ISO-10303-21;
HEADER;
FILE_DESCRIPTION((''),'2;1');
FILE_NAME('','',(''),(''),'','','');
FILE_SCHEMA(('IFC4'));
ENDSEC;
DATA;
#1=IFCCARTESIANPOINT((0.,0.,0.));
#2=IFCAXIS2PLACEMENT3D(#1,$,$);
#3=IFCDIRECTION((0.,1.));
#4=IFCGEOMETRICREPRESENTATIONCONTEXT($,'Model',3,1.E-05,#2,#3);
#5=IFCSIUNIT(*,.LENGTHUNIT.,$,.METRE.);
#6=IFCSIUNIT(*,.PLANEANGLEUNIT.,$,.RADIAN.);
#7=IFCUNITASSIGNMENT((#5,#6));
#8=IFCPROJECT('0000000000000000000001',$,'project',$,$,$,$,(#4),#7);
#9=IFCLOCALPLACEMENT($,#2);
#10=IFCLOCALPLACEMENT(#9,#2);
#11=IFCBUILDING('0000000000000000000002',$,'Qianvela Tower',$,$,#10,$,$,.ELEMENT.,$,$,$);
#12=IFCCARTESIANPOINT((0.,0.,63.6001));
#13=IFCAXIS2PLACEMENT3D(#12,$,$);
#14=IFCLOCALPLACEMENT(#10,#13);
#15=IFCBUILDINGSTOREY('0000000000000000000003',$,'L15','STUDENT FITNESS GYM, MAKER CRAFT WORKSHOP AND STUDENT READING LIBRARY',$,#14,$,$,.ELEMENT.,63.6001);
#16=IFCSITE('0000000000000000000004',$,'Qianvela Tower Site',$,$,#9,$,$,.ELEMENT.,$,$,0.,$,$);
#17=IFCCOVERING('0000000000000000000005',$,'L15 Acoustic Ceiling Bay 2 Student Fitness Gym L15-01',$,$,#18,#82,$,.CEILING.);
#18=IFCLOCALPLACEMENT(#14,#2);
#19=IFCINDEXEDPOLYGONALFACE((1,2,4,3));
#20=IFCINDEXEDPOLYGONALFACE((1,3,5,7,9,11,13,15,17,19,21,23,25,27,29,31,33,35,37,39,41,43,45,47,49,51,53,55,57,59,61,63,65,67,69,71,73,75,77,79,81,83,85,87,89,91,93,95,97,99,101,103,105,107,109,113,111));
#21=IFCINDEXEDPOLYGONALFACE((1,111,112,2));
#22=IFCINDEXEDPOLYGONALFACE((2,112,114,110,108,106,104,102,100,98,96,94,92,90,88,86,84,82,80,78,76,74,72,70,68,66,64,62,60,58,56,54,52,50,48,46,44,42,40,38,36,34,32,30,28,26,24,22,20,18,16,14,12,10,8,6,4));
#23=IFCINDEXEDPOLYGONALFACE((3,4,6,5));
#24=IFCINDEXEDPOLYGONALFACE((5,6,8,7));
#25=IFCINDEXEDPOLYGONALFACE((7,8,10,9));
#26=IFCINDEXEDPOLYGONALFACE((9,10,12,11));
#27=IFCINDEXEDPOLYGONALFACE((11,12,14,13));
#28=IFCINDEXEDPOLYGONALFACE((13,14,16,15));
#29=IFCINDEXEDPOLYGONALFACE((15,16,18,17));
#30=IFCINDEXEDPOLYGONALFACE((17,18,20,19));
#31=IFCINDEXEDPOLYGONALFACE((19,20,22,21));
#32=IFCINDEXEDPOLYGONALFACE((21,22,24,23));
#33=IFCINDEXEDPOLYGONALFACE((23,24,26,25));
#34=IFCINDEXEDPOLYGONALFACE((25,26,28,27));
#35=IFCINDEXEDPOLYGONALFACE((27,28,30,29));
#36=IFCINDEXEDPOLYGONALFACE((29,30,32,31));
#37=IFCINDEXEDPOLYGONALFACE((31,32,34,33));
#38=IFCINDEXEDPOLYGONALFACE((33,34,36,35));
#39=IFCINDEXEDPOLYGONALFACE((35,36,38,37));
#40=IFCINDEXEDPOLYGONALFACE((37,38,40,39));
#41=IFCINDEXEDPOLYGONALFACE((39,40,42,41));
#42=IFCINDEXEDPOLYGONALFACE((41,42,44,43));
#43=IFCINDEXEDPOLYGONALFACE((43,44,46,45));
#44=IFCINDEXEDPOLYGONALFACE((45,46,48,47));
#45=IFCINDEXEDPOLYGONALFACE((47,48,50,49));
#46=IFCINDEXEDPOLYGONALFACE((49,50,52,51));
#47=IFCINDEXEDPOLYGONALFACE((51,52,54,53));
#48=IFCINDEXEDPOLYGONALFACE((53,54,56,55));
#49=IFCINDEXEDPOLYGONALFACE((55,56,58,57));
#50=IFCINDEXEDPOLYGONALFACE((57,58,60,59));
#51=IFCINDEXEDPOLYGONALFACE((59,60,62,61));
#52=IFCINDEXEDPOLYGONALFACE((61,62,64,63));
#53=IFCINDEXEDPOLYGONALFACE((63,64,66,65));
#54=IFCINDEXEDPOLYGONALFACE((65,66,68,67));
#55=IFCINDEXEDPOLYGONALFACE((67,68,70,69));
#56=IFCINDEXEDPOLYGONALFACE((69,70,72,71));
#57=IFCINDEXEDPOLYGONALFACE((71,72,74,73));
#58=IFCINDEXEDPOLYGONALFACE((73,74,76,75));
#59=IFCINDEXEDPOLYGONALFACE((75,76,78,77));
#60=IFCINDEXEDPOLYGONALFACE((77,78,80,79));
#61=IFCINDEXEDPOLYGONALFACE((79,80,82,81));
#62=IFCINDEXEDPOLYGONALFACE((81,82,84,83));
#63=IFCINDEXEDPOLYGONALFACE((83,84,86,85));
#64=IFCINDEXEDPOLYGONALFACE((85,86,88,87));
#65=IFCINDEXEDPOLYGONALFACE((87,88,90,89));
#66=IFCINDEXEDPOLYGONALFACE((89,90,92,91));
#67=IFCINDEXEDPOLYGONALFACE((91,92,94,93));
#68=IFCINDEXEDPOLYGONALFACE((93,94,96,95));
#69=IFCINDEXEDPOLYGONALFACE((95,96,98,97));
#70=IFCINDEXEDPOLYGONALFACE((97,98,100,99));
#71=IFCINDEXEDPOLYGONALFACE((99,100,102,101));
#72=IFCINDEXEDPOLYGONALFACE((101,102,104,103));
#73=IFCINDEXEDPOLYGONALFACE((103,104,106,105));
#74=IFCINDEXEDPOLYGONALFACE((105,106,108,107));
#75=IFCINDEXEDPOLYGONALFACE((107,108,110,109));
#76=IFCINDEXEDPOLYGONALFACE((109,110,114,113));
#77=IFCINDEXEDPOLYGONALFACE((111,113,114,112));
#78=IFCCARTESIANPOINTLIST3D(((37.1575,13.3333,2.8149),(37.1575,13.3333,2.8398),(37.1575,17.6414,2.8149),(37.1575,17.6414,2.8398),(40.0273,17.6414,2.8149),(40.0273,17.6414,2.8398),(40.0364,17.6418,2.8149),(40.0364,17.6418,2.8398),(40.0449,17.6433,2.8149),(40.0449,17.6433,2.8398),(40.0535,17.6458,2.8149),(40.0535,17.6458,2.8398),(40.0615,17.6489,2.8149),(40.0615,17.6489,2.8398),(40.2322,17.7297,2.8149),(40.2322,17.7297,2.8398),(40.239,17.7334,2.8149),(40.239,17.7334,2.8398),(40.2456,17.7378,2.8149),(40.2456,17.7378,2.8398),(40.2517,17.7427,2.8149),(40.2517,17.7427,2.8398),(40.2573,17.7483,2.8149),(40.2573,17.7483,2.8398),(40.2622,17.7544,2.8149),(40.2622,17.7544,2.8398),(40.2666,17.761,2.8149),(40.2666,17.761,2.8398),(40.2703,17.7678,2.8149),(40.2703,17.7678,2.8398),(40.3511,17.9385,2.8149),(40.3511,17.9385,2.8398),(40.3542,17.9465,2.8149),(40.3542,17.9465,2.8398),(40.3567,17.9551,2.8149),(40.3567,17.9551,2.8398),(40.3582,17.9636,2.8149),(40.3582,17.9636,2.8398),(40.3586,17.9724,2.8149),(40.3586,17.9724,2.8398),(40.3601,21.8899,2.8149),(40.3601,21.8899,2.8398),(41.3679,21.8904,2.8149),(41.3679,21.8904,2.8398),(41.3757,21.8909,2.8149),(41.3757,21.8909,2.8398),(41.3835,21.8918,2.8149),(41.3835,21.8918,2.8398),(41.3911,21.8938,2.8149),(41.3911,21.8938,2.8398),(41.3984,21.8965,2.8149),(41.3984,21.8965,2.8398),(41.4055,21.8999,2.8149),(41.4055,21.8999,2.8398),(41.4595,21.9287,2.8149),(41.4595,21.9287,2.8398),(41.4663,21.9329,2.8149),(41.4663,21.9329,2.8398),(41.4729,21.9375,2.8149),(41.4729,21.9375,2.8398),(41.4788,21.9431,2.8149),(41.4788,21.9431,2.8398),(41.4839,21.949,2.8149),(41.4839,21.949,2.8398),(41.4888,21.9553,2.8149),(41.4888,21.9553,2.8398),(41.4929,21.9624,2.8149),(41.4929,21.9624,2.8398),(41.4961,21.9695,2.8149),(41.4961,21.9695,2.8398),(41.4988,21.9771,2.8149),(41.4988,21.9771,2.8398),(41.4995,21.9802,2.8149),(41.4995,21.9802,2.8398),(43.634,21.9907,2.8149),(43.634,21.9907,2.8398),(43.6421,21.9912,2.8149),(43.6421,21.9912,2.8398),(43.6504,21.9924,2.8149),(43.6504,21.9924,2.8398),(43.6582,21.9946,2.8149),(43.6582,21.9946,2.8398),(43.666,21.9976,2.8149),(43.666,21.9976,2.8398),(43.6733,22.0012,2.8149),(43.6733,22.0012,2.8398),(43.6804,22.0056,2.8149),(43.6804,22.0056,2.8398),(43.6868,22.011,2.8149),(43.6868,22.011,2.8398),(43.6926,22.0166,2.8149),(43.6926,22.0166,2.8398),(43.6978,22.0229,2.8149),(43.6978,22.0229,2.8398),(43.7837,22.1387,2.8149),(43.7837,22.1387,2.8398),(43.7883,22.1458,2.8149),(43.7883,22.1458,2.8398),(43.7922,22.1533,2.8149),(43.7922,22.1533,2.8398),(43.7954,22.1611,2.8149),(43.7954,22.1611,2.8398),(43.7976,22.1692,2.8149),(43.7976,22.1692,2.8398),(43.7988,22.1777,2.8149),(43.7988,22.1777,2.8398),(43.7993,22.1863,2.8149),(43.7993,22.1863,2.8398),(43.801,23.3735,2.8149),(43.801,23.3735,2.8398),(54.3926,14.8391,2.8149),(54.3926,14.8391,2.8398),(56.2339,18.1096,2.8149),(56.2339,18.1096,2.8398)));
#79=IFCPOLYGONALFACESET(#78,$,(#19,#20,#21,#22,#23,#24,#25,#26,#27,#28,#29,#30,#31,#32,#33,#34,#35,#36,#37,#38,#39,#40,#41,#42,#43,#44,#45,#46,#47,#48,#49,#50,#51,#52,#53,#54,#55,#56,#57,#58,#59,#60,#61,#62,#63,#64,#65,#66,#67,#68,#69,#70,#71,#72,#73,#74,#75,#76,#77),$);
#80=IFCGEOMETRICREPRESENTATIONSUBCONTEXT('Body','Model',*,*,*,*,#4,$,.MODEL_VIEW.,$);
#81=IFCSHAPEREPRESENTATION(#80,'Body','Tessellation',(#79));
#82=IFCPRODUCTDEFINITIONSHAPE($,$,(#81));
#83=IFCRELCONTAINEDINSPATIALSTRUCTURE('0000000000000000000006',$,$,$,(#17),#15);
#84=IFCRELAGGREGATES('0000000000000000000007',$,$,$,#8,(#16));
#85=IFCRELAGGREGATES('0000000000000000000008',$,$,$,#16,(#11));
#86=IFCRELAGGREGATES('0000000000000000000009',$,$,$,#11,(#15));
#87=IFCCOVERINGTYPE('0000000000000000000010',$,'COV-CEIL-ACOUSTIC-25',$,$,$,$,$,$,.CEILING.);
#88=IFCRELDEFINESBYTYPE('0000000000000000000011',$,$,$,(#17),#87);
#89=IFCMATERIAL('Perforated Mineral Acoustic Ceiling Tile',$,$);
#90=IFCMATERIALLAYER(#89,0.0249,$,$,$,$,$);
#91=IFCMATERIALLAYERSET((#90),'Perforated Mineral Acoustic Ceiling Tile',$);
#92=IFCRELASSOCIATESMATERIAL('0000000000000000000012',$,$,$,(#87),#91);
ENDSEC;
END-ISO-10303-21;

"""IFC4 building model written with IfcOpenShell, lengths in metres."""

from ifc_helpers import new_model, si_unit, direction, frame, origin, place, context, subcontext, project, spatial, polyline, outline, extrude, material, layer, layer_set, type_object, element, save


model = new_model("IFC4")

# Units and contexts
model_context = context("Model", 3, precision=1e-05, world=origin(), true_north=direction((0.0, 1.0)))
body_context = subcontext(model_context, "Body", "Model", "MODEL_VIEW")
ifc_project = project(units=[si_unit("LENGTHUNIT", "METRE"), si_unit("PLANEANGLEUNIT", "RADIAN")], contexts=[model_context])

# Site, building, storey
site_placement = place(None, origin())
site = spatial("IfcSite", under=ifc_project, at=site_placement, Name="Qianvela Tower Site", CompositionType="ELEMENT", RefElevation=0.0)
building_placement = place(site_placement, origin())
building = spatial("IfcBuilding", under=site, at=building_placement, Name="Qianvela Tower", CompositionType="ELEMENT")
storey_placement = place(building_placement, frame((0.0, 0.0, 63.6001)))
storey = spatial("IfcBuildingStorey", under=building, at=storey_placement, Name="L15", Description="STUDENT FITNESS GYM, MAKER CRAFT WORKSHOP AND STUDENT READING LIBRARY", CompositionType="ELEMENT", Elevation=63.6001)

# Covering
ifc_material_1 = material(Name="Perforated Mineral Acoustic Ceiling Tile")
ifc_layer_1 = layer(ifc_material_1, 0.0249)
ifc_layer_set_1 = layer_set([ifc_layer_1], Name="Perforated Mineral Acoustic Ceiling Tile")
covering_type_1 = type_object("IfcCoveringType", Name="COV-CEIL-ACOUSTIC-25", PredefinedType="CEILING", material=ifc_layer_set_1)
covering_1_placement = place(storey_placement, frame((0.0, 0.0, 2.8149)))
element("IfcCovering", 1, at=covering_1_placement, inside=storey, type_object=covering_type_1, Name="L15 Acoustic Ceiling Bay 2 Student Fitness Gym L15-01", PredefinedType="CEILING", context=body_context, shape_type="SweptSolid", body=[
    extrude(outline(polyline([(54.3926, 14.8391), (37.1575, 13.3333), (37.1575, 17.6414), (40.0273, 17.6414), (40.0364, 17.6418), (40.0449, 17.6433), (40.0535, 17.6458), (40.0615, 17.6489), (40.2322, 17.7297), (40.239, 17.7334), (40.2456, 17.7378), (40.2517, 17.7427), (40.2573, 17.7483), (40.2622, 17.7544), (40.2666, 17.761), (40.2703, 17.7678), (40.3511, 17.9385), (40.3542, 17.9465), (40.3567, 17.9551), (40.3582, 17.9636), (40.3586, 17.9724), (40.3601, 21.8899), (41.3679, 21.8904), (41.3757, 21.8909), (41.3835, 21.8918), (41.3911, 21.8938), (41.3984, 21.8965), (41.4055, 21.8999), (41.4595, 21.9287), (41.4663, 21.9329), (41.4729, 21.9375), (41.4788, 21.9431), (41.4839, 21.949), (41.4888, 21.9553), (41.4929, 21.9624), (41.4961, 21.9695), (41.4988, 21.9771), (41.4995, 21.9802), (43.634, 21.9907), (43.6421, 21.9912), (43.6504, 21.9924), (43.6582, 21.9946), (43.666, 21.9976), (43.6733, 22.0012), (43.6804, 22.0056), (43.6868, 22.011), (43.6926, 22.0166), (43.6978, 22.0229), (43.7837, 22.1387), (43.7883, 22.1458), (43.7922, 22.1533), (43.7954, 22.1611), (43.7976, 22.1692), (43.7988, 22.1777), (43.7993, 22.1863), (43.801, 23.3735), (56.2339, 18.1096), (54.3926, 14.8391)])), origin(), (0.0, 0.0, 1.0), 0.0249),
])

save(model, "model.ifc")
